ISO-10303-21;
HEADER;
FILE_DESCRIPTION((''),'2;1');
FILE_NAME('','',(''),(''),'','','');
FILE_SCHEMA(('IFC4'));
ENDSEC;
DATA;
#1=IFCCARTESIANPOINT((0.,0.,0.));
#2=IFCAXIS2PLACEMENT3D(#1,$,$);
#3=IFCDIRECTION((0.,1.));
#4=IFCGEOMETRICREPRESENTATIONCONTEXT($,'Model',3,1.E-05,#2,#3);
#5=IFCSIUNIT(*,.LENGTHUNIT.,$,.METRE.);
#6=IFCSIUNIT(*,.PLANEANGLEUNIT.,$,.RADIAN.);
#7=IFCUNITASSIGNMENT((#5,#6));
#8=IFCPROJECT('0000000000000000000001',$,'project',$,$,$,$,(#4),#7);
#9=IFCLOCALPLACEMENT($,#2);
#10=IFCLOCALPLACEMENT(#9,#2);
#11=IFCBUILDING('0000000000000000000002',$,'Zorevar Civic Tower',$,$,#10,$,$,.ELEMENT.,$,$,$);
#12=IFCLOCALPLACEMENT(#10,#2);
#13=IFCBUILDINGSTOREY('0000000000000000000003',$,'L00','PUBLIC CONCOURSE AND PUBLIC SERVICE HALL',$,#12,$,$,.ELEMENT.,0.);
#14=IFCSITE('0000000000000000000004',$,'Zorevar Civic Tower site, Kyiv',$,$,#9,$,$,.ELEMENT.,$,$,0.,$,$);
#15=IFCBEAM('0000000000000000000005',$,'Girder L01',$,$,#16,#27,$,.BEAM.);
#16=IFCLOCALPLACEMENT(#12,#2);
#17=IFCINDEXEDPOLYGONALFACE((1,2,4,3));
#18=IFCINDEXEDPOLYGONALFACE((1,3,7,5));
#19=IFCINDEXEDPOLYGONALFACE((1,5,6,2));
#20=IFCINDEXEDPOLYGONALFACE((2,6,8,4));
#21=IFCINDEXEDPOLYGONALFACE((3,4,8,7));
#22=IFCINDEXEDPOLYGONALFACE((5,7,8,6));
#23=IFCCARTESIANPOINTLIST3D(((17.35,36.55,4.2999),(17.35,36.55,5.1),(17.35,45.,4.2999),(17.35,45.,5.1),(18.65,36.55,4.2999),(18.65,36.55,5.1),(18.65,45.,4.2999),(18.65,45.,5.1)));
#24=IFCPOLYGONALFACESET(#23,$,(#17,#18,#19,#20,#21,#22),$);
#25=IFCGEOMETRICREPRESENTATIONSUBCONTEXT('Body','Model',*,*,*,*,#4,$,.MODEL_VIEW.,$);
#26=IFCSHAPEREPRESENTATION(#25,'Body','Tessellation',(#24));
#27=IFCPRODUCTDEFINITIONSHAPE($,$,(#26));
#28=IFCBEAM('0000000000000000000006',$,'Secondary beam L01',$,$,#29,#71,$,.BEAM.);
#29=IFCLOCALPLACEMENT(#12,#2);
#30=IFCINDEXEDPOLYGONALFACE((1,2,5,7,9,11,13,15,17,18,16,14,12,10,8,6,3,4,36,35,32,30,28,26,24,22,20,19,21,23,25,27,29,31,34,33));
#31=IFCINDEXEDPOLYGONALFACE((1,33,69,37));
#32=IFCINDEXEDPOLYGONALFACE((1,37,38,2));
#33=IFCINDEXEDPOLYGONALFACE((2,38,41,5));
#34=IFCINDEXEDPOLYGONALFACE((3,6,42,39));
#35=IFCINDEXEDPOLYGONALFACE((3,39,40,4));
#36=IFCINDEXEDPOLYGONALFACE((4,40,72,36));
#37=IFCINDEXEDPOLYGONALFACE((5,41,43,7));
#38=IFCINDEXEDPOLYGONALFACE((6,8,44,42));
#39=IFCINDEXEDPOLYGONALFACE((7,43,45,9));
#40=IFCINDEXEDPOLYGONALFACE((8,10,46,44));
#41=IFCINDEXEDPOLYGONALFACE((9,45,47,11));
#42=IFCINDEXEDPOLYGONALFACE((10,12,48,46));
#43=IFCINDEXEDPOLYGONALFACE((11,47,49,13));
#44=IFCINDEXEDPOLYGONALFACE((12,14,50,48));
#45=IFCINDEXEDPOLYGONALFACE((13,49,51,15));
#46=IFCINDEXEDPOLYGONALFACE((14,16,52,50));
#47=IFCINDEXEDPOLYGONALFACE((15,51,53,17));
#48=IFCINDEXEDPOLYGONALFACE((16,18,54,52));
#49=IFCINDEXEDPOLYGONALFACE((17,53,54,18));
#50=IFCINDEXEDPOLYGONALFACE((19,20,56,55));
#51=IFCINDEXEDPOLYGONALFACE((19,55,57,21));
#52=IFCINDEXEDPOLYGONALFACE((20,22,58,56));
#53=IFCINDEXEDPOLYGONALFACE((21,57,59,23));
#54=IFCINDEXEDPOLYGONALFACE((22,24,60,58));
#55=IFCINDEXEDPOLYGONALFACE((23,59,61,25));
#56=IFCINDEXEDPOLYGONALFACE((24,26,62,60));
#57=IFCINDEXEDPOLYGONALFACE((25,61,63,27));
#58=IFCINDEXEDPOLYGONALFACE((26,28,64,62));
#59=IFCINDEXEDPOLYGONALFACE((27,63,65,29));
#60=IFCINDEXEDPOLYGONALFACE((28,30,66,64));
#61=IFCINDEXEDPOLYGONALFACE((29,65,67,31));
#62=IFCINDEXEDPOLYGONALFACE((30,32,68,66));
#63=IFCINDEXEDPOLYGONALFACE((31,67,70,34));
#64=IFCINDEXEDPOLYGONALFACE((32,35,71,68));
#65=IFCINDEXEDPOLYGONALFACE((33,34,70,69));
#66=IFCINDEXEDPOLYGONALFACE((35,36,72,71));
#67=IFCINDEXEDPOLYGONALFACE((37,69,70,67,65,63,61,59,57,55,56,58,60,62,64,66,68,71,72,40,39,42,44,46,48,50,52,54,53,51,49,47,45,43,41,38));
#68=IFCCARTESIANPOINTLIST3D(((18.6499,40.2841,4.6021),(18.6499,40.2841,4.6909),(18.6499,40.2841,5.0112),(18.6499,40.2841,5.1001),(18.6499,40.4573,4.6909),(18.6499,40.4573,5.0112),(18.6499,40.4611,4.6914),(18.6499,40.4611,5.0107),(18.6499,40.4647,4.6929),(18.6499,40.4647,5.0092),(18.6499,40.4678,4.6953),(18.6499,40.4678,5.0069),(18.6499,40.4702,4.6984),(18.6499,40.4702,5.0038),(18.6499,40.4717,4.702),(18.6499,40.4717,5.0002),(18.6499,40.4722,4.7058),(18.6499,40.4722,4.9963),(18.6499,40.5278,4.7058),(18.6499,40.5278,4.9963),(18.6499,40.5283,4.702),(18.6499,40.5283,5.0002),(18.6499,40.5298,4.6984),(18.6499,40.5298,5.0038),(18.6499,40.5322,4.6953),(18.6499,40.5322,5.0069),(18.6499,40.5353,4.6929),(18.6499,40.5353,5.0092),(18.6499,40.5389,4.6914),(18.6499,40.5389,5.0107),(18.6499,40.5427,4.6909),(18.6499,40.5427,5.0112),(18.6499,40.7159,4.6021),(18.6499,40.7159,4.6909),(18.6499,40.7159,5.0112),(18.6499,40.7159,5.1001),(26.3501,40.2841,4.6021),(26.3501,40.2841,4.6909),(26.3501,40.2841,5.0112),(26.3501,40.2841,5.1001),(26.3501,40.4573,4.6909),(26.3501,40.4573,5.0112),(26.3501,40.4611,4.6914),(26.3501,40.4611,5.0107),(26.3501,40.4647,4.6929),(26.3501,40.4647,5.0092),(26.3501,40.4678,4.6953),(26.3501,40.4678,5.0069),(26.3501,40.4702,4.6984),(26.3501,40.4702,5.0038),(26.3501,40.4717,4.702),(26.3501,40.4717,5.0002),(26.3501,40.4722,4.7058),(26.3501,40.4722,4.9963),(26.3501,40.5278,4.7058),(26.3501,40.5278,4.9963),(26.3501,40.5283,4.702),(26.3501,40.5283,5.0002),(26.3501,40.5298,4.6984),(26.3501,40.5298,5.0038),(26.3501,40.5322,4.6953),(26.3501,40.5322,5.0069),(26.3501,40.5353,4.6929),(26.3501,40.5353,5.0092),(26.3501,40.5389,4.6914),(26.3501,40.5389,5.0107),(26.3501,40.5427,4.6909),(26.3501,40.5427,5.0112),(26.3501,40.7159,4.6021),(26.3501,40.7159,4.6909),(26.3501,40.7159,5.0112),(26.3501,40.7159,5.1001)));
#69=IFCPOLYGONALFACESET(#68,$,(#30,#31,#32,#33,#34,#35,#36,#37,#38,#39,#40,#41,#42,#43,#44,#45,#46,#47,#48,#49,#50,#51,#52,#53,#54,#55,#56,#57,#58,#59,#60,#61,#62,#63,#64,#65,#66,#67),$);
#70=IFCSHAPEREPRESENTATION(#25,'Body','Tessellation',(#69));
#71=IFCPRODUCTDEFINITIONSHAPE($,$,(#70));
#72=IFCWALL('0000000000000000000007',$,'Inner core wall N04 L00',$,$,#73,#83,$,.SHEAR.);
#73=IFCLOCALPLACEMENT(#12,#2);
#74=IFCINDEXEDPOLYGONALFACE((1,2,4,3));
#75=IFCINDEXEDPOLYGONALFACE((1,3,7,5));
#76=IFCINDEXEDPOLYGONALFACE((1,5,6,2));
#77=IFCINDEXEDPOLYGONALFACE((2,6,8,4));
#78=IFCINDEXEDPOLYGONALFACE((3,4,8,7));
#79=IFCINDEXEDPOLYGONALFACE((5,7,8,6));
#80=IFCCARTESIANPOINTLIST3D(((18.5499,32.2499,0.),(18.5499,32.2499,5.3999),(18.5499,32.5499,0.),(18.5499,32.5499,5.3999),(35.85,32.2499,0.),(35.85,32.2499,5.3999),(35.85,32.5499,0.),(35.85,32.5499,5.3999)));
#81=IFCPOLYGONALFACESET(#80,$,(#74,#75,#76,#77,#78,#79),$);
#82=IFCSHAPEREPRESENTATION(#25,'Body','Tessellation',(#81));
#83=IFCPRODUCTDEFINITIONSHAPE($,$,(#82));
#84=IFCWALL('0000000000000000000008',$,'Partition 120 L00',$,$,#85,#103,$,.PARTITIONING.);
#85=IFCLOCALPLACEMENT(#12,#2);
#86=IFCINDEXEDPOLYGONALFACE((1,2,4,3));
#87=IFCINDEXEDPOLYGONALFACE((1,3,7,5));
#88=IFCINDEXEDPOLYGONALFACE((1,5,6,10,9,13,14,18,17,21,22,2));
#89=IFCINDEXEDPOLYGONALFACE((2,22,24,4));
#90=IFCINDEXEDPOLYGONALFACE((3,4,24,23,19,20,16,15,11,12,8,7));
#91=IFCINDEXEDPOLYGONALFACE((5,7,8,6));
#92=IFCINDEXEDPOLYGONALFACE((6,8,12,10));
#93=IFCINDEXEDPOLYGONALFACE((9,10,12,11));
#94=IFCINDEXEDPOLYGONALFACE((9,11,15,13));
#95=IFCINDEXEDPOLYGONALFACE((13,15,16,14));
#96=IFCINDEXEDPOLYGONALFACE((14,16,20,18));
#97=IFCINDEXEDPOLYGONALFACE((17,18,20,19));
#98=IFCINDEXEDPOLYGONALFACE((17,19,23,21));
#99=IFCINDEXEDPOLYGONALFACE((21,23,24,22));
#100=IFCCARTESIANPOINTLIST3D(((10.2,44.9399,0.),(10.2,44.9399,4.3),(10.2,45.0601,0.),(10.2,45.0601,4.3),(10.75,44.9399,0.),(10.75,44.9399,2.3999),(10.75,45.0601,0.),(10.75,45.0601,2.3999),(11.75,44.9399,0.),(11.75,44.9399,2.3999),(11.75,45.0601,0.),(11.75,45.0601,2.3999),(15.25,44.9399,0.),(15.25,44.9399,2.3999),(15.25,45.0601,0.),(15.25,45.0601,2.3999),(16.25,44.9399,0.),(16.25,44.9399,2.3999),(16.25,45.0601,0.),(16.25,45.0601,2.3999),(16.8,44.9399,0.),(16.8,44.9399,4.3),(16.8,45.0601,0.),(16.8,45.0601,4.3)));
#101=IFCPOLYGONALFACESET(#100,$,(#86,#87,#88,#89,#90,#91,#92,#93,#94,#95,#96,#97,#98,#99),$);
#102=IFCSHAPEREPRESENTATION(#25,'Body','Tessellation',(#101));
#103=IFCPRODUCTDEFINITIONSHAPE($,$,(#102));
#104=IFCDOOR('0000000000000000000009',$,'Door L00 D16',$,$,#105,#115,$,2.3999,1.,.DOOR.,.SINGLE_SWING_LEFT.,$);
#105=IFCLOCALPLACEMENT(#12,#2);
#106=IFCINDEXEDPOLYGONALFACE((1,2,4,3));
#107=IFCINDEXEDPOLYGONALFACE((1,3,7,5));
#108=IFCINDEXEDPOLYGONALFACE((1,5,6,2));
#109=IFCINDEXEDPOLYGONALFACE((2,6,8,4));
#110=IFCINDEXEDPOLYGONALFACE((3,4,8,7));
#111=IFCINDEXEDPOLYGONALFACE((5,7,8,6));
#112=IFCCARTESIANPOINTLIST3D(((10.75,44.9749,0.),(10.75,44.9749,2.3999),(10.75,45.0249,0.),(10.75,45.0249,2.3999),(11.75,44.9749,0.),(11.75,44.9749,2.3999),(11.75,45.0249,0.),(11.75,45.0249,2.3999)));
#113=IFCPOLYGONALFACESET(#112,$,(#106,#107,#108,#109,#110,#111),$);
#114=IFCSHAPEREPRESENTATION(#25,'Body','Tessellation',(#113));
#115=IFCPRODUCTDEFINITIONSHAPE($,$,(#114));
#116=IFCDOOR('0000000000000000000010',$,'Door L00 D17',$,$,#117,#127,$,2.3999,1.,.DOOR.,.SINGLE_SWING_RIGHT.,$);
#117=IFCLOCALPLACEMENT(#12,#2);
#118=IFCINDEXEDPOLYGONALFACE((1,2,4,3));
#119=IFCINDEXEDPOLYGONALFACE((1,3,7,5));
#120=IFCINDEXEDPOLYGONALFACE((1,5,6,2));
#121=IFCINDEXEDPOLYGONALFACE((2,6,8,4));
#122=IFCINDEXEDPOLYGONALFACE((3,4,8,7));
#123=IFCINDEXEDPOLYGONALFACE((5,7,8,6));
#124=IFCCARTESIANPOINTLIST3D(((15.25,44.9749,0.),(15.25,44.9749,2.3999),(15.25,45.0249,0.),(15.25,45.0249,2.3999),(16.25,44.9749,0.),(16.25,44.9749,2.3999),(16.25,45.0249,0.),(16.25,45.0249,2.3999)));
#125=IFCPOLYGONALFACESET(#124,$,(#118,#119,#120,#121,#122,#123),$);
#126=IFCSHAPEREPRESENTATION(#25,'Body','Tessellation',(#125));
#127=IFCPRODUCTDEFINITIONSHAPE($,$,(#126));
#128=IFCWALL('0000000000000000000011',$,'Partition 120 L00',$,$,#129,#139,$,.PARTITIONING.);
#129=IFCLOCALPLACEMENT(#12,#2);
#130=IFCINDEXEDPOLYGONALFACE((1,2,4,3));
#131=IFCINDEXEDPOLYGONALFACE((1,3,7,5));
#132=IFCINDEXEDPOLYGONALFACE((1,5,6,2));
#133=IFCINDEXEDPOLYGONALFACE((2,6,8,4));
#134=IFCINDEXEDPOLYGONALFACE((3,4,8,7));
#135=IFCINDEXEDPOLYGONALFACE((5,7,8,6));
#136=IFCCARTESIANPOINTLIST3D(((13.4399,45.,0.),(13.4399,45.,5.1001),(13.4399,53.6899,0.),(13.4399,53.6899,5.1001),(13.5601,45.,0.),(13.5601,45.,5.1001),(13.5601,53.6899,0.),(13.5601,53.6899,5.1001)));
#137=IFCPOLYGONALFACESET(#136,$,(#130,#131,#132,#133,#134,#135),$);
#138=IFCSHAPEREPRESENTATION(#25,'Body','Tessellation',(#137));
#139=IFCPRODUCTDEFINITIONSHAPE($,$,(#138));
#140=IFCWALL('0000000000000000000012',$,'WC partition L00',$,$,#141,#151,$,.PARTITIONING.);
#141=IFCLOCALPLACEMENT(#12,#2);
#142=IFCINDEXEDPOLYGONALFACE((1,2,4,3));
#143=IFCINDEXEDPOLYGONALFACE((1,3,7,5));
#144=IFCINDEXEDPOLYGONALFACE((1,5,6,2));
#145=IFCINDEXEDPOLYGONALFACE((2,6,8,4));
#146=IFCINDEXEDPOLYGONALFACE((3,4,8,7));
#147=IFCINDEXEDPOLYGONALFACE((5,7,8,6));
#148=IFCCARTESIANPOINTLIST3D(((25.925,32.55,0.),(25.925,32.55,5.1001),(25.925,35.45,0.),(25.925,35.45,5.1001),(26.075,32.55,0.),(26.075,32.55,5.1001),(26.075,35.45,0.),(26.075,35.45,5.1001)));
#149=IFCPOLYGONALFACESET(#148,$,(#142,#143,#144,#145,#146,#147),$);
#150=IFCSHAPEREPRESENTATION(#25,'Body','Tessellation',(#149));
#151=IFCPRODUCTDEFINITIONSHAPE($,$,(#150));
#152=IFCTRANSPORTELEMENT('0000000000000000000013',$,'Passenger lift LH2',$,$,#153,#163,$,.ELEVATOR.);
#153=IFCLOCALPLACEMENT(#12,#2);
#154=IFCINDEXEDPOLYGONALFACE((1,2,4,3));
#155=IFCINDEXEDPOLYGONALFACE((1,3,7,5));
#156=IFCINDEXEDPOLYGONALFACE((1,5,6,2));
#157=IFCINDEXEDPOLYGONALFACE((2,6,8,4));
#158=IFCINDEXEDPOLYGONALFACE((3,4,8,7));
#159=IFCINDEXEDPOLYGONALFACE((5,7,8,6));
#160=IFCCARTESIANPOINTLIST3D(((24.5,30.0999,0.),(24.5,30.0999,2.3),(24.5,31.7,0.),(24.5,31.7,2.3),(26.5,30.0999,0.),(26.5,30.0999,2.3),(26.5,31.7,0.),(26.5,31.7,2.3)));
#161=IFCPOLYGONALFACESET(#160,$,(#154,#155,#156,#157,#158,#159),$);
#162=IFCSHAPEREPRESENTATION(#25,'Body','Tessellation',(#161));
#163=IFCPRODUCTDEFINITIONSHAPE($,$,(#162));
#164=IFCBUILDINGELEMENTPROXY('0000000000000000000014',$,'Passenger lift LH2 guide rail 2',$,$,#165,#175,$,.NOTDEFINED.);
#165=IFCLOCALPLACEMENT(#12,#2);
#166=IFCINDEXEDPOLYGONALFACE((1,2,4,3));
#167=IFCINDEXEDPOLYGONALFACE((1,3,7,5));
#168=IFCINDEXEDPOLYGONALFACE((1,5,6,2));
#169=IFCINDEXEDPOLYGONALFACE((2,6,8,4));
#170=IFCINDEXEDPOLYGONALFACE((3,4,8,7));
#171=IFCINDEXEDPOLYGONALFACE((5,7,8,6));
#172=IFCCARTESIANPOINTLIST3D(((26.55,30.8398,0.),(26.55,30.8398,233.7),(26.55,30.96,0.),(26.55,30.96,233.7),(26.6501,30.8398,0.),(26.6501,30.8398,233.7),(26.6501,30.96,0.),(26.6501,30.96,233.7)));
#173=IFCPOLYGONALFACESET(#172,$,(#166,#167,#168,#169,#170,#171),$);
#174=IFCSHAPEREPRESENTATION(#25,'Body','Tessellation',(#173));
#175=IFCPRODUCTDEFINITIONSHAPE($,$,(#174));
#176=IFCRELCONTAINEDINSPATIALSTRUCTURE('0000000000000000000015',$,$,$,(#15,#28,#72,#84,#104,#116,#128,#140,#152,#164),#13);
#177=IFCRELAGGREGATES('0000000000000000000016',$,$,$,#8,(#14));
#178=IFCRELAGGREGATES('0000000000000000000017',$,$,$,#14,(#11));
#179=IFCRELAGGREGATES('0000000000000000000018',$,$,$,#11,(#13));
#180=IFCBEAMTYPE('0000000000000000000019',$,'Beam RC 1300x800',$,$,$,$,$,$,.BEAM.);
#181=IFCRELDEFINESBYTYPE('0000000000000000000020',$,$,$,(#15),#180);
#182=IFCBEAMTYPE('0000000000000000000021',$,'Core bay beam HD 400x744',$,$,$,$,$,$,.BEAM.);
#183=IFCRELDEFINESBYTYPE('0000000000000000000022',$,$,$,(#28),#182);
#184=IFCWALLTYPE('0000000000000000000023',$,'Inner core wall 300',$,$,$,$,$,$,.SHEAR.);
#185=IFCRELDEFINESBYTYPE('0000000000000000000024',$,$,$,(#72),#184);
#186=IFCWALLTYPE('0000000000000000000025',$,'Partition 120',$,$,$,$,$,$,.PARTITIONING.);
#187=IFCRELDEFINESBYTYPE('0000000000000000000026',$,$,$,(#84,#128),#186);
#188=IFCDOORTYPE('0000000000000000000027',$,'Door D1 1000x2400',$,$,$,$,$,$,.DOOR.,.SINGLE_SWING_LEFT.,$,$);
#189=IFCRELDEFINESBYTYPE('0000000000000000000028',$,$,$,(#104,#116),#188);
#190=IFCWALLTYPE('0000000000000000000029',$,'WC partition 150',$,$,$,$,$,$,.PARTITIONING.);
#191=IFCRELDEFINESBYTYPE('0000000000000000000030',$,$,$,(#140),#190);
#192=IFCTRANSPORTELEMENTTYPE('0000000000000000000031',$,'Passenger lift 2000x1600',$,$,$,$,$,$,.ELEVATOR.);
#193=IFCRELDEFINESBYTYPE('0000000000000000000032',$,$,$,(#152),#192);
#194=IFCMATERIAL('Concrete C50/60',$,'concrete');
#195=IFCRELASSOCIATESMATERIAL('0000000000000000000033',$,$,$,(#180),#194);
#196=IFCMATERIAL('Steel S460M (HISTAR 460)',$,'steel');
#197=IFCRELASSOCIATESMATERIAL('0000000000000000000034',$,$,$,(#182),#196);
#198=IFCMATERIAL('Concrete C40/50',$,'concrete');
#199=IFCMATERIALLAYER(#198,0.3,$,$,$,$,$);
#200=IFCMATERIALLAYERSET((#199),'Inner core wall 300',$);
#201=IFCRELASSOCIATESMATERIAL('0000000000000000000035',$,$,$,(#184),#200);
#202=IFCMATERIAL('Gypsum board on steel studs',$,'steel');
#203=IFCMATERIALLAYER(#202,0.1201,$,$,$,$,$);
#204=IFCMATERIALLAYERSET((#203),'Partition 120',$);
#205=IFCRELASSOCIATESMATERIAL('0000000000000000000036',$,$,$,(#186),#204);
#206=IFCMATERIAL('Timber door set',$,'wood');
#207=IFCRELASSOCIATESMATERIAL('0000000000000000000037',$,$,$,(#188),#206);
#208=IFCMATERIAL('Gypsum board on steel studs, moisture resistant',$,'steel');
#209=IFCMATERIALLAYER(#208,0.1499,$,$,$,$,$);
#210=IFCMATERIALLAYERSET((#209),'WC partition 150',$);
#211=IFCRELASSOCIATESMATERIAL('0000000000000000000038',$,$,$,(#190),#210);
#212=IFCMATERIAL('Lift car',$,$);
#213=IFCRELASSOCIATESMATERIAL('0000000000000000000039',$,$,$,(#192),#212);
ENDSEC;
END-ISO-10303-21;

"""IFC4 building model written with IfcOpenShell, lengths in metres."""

from ifc_helpers import new_model, si_unit, direction, frame, frame_2d, origin, origin_2d, place, context, subcontext, project, spatial, rectangle, i_section, extrude, material, layer, layer_set, material_profile, profile_set, type_object, element, fill, save


model = new_model("IFC4")

# Units and contexts
model_context = context("Model", 3, precision=1e-05, world=origin(), true_north=direction((0.0, 1.0)))
body_context = subcontext(model_context, "Body", "Model", "MODEL_VIEW")
ifc_project = project(units=[si_unit("LENGTHUNIT", "METRE"), si_unit("PLANEANGLEUNIT", "RADIAN")], contexts=[model_context])

# Site, building, storey
site_placement = place(None, origin())
site = spatial("IfcSite", under=ifc_project, at=site_placement, Name="Zorevar Civic Tower site, Kyiv", CompositionType="ELEMENT", RefElevation=0.0)
building_placement = place(site_placement, origin())
building = spatial("IfcBuilding", under=site, at=building_placement, Name="Zorevar Civic Tower", CompositionType="ELEMENT")
storey_placement = place(building_placement, origin())
storey = spatial("IfcBuildingStorey", under=building, at=storey_placement, Name="L00", Description="PUBLIC CONCOURSE AND PUBLIC SERVICE HALL", CompositionType="ELEMENT", Elevation=0.0)

# Beams
ifc_material_1 = material(Name="Concrete C50/60", Category="concrete")
ifc_material_profile_1 = material_profile(ifc_material_1, rectangle(XDim=1.3, YDim=0.8, at=origin_2d()), Name="RC 1300x800")
ifc_profile_set_1 = profile_set([ifc_material_profile_1], Name="Concrete C50/60")
beam_type_1 = type_object("IfcBeamType", Name="Beam RC 1300x800", PredefinedType="BEAM", material=ifc_profile_set_1)
beam_1_placement = place(storey_placement, frame((18.0, 36.55, 4.7), z_axis=(0.0, 1.0, 0.0), x_axis=(-1.0, 0.0, 0.0)))
element("IfcBeam", 1, at=beam_1_placement, inside=storey, type_object=beam_type_1, Name="Girder L01", PredefinedType="BEAM", context=body_context, shape_type="SweptSolid", body=[
    extrude(rectangle(XDim=1.3, YDim=0.8, at=origin_2d()), origin(), (0.0, 0.0, 1.0), 8.45),
])
ifc_material_2 = material(Name="Steel S460M (HISTAR 460)", Category="steel")
ifc_material_profile_2 = material_profile(ifc_material_2, i_section(OverallWidth=0.4319, OverallDepth=0.498, WebThickness=0.0557, FlangeThickness=0.0889, FilletRadius=0.0149, at=origin_2d()), Name="HD 400x744")
ifc_profile_set_2 = profile_set([ifc_material_profile_2], Name="Steel S460M (HISTAR 460)")
beam_type_2 = type_object("IfcBeamType", Name="Core bay beam HD 400x744", PredefinedType="BEAM", material=ifc_profile_set_2)
beam_2_placement = place(storey_placement, frame((18.6499, 40.5, 4.8511), z_axis=(1.0, 0.0, 0.0), x_axis=(0.0, 1.0, 0.0)))
element("IfcBeam", 2, at=beam_2_placement, inside=storey, type_object=beam_type_2, Name="Secondary beam L01", PredefinedType="BEAM", context=body_context, shape_type="SweptSolid", body=[
    extrude(i_section(OverallWidth=0.4319, OverallDepth=0.498, WebThickness=0.0557, FlangeThickness=0.0889, FilletRadius=0.0149, at=origin_2d()), origin(), (0.0, 0.0, 1.0), 7.7002),
])

# Wall
ifc_material_3 = material(Name="Concrete C40/50", Category="concrete")
ifc_layer_1 = layer(ifc_material_3, 0.3)
ifc_layer_set_1 = layer_set([ifc_layer_1], Name="Inner core wall 300")
wall_type_1 = type_object("IfcWallType", Name="Inner core wall 300", PredefinedType="SHEAR", material=ifc_layer_set_1)
wall_1_placement = place(storey_placement, frame((18.55, 32.3999, 0.0), z_axis=(0.0, 0.0, 1.0), x_axis=(1.0, 0.0, 0.0)))
element("IfcWall", 3, at=wall_1_placement, inside=storey, type_object=wall_type_1, Name="Inner core wall N04 L00", PredefinedType="SHEAR", context=body_context, shape_type="SweptSolid", body=[
    extrude(rectangle(XDim=17.3, YDim=0.3, at=frame_2d((8.6499, 0.0))), origin(), (0.0, 0.0, 1.0), 5.3999),
])

# Wall, openings, doors
ifc_material_4 = material(Name="Gypsum board on steel studs", Category="steel")
ifc_layer_2 = layer(ifc_material_4, 0.1201)
ifc_layer_set_2 = layer_set([ifc_layer_2], Name="Partition 120")
wall_type_2 = type_object("IfcWallType", Name="Partition 120", PredefinedType="PARTITIONING", material=ifc_layer_set_2)
wall_2_placement = place(storey_placement, frame((10.2, 45.0, 0.0), z_axis=(0.0, 0.0, 1.0), x_axis=(1.0, 0.0, 0.0)))
wall_2 = element("IfcWall", 4, at=wall_2_placement, inside=storey, type_object=wall_type_2, Name="Partition 120 L00", PredefinedType="PARTITIONING", context=body_context, shape_type="SweptSolid", body=[
    extrude(rectangle(XDim=6.6001, YDim=0.1201, at=frame_2d((3.3, 0.0))), origin(), (0.0, 0.0, 1.0), 4.3),
])
opening_1_placement = place(wall_2_placement, frame((0.55, 0.0, 0.0)))
opening_1 = element("IfcOpeningElement", 5, at=opening_1_placement, cuts=wall_2, PredefinedType="OPENING", context=body_context, shape_type="SweptSolid", body=[
    extrude(rectangle(XDim=1.0, YDim=2.3999, at=frame_2d((0.5, 1.2))), frame((0.0, 0.0701, 0.0), z_axis=(0.0, -1.0, 0.0), x_axis=(1.0, 0.0, 0.0)), (0.0, 0.0, 1.0), 0.1401),
])
opening_2_placement = place(wall_2_placement, frame((5.05, 0.0, 0.0)))
opening_2 = element("IfcOpeningElement", 6, at=opening_2_placement, cuts=wall_2, PredefinedType="OPENING", context=body_context, shape_type="SweptSolid", body=[
    extrude(rectangle(XDim=1.0, YDim=2.3999, at=frame_2d((0.5, 1.2))), frame((0.0, 0.0701, 0.0), z_axis=(0.0, -1.0, 0.0), x_axis=(1.0, 0.0, 0.0)), (0.0, 0.0, 1.0), 0.1401),
])
ifc_material_5 = material(Name="Timber door set", Category="wood")
door_type_1 = type_object("IfcDoorType", Name="Door D1 1000x2400", OperationType="SINGLE_SWING_LEFT", PredefinedType="DOOR", material=ifc_material_5)
door_1_placement = place(opening_1_placement, origin())
door_1 = element("IfcDoor", 7, at=door_1_placement, inside=storey, type_object=door_type_1, Name="Door L00 D16", OperationType="SINGLE_SWING_LEFT", OverallHeight=2.3999, OverallWidth=1.0, PredefinedType="DOOR", context=body_context, shape_type="SweptSolid", body=[
    extrude(rectangle(XDim=1.0, YDim=2.3999, at=frame_2d((0.5, 1.2))), frame((0.0, 0.0249, 0.0), z_axis=(0.0, -1.0, 0.0), x_axis=(1.0, 0.0, 0.0)), (0.0, 0.0, 1.0), 0.05),
])
fill(opening_1, door_1)
door_2_placement = place(opening_2_placement, origin())
door_2 = element("IfcDoor", 8, at=door_2_placement, inside=storey, type_object=door_type_1, Name="Door L00 D17", OperationType="SINGLE_SWING_RIGHT", OverallHeight=2.3999, OverallWidth=1.0, PredefinedType="DOOR", context=body_context, shape_type="SweptSolid", body=[
    extrude(rectangle(XDim=1.0, YDim=2.3999, at=frame_2d((0.5, 1.2))), frame((0.0, 0.0249, 0.0), z_axis=(0.0, -1.0, 0.0), x_axis=(1.0, 0.0, 0.0)), (0.0, 0.0, 1.0), 0.05),
])
fill(opening_2, door_2)

# Walls
wall_3_placement = place(storey_placement, frame((13.5, 45.0, 0.0), z_axis=(0.0, 0.0, 1.0), x_axis=(0.0, 1.0, 0.0)))
element("IfcWall", 9, at=wall_3_placement, inside=storey, type_object=wall_type_2, Name="Partition 120 L00", PredefinedType="PARTITIONING", context=body_context, shape_type="SweptSolid", body=[
    extrude(rectangle(XDim=8.6899, YDim=0.1201, at=frame_2d((4.345, 0.0))), origin(), (0.0, 0.0, 1.0), 5.1001),
])
ifc_material_6 = material(Name="Gypsum board on steel studs, moisture resistant", Category="steel")
ifc_layer_3 = layer(ifc_material_6, 0.1499)
ifc_layer_set_3 = layer_set([ifc_layer_3], Name="WC partition 150")
wall_type_3 = type_object("IfcWallType", Name="WC partition 150", PredefinedType="PARTITIONING", material=ifc_layer_set_3)
wall_4_placement = place(storey_placement, frame((26.0, 32.55, 0.0), z_axis=(0.0, 0.0, 1.0), x_axis=(0.0, 1.0, 0.0)))
element("IfcWall", 10, at=wall_4_placement, inside=storey, type_object=wall_type_3, Name="WC partition L00", PredefinedType="PARTITIONING", context=body_context, shape_type="SweptSolid", body=[
    extrude(rectangle(XDim=2.8999, YDim=0.1499, at=frame_2d((1.45, 0.0))), origin(), (0.0, 0.0, 1.0), 5.1001),
])

# Transport element
ifc_material_7 = material(Name="Lift car")
transport_element_type = type_object("IfcTransportElementType", Name="Passenger lift 2000x1600", PredefinedType="ELEVATOR", material=ifc_material_7)
transport_element_placement = place(storey_placement, frame((25.5, 30.8999, 0.0), z_axis=(0.0, 0.0, 1.0), x_axis=(1.0, 0.0, 0.0)))
element("IfcTransportElement", 11, at=transport_element_placement, inside=storey, type_object=transport_element_type, Name="Passenger lift LH2", PredefinedType="ELEVATOR", context=body_context, shape_type="SweptSolid", body=[
    extrude(rectangle(XDim=2.0, YDim=1.6001, at=origin_2d()), origin(), (0.0, 0.0, 1.0), 2.3),
])

# Building element proxy
proxy_placement = place(storey_placement, frame((26.6001, 30.8999, 0.0), z_axis=(0.0, 0.0, 1.0), x_axis=(1.0, 0.0, 0.0)))
element("IfcBuildingElementProxy", 12, at=proxy_placement, inside=storey, Name="Passenger lift LH2 guide rail 2", PredefinedType="NOTDEFINED", context=body_context, shape_type="SweptSolid", body=[
    extrude(rectangle(XDim=0.1001, YDim=0.1201, at=origin_2d()), origin(), (0.0, 0.0, 1.0), 233.7),
])

save(model, "model.ifc")
